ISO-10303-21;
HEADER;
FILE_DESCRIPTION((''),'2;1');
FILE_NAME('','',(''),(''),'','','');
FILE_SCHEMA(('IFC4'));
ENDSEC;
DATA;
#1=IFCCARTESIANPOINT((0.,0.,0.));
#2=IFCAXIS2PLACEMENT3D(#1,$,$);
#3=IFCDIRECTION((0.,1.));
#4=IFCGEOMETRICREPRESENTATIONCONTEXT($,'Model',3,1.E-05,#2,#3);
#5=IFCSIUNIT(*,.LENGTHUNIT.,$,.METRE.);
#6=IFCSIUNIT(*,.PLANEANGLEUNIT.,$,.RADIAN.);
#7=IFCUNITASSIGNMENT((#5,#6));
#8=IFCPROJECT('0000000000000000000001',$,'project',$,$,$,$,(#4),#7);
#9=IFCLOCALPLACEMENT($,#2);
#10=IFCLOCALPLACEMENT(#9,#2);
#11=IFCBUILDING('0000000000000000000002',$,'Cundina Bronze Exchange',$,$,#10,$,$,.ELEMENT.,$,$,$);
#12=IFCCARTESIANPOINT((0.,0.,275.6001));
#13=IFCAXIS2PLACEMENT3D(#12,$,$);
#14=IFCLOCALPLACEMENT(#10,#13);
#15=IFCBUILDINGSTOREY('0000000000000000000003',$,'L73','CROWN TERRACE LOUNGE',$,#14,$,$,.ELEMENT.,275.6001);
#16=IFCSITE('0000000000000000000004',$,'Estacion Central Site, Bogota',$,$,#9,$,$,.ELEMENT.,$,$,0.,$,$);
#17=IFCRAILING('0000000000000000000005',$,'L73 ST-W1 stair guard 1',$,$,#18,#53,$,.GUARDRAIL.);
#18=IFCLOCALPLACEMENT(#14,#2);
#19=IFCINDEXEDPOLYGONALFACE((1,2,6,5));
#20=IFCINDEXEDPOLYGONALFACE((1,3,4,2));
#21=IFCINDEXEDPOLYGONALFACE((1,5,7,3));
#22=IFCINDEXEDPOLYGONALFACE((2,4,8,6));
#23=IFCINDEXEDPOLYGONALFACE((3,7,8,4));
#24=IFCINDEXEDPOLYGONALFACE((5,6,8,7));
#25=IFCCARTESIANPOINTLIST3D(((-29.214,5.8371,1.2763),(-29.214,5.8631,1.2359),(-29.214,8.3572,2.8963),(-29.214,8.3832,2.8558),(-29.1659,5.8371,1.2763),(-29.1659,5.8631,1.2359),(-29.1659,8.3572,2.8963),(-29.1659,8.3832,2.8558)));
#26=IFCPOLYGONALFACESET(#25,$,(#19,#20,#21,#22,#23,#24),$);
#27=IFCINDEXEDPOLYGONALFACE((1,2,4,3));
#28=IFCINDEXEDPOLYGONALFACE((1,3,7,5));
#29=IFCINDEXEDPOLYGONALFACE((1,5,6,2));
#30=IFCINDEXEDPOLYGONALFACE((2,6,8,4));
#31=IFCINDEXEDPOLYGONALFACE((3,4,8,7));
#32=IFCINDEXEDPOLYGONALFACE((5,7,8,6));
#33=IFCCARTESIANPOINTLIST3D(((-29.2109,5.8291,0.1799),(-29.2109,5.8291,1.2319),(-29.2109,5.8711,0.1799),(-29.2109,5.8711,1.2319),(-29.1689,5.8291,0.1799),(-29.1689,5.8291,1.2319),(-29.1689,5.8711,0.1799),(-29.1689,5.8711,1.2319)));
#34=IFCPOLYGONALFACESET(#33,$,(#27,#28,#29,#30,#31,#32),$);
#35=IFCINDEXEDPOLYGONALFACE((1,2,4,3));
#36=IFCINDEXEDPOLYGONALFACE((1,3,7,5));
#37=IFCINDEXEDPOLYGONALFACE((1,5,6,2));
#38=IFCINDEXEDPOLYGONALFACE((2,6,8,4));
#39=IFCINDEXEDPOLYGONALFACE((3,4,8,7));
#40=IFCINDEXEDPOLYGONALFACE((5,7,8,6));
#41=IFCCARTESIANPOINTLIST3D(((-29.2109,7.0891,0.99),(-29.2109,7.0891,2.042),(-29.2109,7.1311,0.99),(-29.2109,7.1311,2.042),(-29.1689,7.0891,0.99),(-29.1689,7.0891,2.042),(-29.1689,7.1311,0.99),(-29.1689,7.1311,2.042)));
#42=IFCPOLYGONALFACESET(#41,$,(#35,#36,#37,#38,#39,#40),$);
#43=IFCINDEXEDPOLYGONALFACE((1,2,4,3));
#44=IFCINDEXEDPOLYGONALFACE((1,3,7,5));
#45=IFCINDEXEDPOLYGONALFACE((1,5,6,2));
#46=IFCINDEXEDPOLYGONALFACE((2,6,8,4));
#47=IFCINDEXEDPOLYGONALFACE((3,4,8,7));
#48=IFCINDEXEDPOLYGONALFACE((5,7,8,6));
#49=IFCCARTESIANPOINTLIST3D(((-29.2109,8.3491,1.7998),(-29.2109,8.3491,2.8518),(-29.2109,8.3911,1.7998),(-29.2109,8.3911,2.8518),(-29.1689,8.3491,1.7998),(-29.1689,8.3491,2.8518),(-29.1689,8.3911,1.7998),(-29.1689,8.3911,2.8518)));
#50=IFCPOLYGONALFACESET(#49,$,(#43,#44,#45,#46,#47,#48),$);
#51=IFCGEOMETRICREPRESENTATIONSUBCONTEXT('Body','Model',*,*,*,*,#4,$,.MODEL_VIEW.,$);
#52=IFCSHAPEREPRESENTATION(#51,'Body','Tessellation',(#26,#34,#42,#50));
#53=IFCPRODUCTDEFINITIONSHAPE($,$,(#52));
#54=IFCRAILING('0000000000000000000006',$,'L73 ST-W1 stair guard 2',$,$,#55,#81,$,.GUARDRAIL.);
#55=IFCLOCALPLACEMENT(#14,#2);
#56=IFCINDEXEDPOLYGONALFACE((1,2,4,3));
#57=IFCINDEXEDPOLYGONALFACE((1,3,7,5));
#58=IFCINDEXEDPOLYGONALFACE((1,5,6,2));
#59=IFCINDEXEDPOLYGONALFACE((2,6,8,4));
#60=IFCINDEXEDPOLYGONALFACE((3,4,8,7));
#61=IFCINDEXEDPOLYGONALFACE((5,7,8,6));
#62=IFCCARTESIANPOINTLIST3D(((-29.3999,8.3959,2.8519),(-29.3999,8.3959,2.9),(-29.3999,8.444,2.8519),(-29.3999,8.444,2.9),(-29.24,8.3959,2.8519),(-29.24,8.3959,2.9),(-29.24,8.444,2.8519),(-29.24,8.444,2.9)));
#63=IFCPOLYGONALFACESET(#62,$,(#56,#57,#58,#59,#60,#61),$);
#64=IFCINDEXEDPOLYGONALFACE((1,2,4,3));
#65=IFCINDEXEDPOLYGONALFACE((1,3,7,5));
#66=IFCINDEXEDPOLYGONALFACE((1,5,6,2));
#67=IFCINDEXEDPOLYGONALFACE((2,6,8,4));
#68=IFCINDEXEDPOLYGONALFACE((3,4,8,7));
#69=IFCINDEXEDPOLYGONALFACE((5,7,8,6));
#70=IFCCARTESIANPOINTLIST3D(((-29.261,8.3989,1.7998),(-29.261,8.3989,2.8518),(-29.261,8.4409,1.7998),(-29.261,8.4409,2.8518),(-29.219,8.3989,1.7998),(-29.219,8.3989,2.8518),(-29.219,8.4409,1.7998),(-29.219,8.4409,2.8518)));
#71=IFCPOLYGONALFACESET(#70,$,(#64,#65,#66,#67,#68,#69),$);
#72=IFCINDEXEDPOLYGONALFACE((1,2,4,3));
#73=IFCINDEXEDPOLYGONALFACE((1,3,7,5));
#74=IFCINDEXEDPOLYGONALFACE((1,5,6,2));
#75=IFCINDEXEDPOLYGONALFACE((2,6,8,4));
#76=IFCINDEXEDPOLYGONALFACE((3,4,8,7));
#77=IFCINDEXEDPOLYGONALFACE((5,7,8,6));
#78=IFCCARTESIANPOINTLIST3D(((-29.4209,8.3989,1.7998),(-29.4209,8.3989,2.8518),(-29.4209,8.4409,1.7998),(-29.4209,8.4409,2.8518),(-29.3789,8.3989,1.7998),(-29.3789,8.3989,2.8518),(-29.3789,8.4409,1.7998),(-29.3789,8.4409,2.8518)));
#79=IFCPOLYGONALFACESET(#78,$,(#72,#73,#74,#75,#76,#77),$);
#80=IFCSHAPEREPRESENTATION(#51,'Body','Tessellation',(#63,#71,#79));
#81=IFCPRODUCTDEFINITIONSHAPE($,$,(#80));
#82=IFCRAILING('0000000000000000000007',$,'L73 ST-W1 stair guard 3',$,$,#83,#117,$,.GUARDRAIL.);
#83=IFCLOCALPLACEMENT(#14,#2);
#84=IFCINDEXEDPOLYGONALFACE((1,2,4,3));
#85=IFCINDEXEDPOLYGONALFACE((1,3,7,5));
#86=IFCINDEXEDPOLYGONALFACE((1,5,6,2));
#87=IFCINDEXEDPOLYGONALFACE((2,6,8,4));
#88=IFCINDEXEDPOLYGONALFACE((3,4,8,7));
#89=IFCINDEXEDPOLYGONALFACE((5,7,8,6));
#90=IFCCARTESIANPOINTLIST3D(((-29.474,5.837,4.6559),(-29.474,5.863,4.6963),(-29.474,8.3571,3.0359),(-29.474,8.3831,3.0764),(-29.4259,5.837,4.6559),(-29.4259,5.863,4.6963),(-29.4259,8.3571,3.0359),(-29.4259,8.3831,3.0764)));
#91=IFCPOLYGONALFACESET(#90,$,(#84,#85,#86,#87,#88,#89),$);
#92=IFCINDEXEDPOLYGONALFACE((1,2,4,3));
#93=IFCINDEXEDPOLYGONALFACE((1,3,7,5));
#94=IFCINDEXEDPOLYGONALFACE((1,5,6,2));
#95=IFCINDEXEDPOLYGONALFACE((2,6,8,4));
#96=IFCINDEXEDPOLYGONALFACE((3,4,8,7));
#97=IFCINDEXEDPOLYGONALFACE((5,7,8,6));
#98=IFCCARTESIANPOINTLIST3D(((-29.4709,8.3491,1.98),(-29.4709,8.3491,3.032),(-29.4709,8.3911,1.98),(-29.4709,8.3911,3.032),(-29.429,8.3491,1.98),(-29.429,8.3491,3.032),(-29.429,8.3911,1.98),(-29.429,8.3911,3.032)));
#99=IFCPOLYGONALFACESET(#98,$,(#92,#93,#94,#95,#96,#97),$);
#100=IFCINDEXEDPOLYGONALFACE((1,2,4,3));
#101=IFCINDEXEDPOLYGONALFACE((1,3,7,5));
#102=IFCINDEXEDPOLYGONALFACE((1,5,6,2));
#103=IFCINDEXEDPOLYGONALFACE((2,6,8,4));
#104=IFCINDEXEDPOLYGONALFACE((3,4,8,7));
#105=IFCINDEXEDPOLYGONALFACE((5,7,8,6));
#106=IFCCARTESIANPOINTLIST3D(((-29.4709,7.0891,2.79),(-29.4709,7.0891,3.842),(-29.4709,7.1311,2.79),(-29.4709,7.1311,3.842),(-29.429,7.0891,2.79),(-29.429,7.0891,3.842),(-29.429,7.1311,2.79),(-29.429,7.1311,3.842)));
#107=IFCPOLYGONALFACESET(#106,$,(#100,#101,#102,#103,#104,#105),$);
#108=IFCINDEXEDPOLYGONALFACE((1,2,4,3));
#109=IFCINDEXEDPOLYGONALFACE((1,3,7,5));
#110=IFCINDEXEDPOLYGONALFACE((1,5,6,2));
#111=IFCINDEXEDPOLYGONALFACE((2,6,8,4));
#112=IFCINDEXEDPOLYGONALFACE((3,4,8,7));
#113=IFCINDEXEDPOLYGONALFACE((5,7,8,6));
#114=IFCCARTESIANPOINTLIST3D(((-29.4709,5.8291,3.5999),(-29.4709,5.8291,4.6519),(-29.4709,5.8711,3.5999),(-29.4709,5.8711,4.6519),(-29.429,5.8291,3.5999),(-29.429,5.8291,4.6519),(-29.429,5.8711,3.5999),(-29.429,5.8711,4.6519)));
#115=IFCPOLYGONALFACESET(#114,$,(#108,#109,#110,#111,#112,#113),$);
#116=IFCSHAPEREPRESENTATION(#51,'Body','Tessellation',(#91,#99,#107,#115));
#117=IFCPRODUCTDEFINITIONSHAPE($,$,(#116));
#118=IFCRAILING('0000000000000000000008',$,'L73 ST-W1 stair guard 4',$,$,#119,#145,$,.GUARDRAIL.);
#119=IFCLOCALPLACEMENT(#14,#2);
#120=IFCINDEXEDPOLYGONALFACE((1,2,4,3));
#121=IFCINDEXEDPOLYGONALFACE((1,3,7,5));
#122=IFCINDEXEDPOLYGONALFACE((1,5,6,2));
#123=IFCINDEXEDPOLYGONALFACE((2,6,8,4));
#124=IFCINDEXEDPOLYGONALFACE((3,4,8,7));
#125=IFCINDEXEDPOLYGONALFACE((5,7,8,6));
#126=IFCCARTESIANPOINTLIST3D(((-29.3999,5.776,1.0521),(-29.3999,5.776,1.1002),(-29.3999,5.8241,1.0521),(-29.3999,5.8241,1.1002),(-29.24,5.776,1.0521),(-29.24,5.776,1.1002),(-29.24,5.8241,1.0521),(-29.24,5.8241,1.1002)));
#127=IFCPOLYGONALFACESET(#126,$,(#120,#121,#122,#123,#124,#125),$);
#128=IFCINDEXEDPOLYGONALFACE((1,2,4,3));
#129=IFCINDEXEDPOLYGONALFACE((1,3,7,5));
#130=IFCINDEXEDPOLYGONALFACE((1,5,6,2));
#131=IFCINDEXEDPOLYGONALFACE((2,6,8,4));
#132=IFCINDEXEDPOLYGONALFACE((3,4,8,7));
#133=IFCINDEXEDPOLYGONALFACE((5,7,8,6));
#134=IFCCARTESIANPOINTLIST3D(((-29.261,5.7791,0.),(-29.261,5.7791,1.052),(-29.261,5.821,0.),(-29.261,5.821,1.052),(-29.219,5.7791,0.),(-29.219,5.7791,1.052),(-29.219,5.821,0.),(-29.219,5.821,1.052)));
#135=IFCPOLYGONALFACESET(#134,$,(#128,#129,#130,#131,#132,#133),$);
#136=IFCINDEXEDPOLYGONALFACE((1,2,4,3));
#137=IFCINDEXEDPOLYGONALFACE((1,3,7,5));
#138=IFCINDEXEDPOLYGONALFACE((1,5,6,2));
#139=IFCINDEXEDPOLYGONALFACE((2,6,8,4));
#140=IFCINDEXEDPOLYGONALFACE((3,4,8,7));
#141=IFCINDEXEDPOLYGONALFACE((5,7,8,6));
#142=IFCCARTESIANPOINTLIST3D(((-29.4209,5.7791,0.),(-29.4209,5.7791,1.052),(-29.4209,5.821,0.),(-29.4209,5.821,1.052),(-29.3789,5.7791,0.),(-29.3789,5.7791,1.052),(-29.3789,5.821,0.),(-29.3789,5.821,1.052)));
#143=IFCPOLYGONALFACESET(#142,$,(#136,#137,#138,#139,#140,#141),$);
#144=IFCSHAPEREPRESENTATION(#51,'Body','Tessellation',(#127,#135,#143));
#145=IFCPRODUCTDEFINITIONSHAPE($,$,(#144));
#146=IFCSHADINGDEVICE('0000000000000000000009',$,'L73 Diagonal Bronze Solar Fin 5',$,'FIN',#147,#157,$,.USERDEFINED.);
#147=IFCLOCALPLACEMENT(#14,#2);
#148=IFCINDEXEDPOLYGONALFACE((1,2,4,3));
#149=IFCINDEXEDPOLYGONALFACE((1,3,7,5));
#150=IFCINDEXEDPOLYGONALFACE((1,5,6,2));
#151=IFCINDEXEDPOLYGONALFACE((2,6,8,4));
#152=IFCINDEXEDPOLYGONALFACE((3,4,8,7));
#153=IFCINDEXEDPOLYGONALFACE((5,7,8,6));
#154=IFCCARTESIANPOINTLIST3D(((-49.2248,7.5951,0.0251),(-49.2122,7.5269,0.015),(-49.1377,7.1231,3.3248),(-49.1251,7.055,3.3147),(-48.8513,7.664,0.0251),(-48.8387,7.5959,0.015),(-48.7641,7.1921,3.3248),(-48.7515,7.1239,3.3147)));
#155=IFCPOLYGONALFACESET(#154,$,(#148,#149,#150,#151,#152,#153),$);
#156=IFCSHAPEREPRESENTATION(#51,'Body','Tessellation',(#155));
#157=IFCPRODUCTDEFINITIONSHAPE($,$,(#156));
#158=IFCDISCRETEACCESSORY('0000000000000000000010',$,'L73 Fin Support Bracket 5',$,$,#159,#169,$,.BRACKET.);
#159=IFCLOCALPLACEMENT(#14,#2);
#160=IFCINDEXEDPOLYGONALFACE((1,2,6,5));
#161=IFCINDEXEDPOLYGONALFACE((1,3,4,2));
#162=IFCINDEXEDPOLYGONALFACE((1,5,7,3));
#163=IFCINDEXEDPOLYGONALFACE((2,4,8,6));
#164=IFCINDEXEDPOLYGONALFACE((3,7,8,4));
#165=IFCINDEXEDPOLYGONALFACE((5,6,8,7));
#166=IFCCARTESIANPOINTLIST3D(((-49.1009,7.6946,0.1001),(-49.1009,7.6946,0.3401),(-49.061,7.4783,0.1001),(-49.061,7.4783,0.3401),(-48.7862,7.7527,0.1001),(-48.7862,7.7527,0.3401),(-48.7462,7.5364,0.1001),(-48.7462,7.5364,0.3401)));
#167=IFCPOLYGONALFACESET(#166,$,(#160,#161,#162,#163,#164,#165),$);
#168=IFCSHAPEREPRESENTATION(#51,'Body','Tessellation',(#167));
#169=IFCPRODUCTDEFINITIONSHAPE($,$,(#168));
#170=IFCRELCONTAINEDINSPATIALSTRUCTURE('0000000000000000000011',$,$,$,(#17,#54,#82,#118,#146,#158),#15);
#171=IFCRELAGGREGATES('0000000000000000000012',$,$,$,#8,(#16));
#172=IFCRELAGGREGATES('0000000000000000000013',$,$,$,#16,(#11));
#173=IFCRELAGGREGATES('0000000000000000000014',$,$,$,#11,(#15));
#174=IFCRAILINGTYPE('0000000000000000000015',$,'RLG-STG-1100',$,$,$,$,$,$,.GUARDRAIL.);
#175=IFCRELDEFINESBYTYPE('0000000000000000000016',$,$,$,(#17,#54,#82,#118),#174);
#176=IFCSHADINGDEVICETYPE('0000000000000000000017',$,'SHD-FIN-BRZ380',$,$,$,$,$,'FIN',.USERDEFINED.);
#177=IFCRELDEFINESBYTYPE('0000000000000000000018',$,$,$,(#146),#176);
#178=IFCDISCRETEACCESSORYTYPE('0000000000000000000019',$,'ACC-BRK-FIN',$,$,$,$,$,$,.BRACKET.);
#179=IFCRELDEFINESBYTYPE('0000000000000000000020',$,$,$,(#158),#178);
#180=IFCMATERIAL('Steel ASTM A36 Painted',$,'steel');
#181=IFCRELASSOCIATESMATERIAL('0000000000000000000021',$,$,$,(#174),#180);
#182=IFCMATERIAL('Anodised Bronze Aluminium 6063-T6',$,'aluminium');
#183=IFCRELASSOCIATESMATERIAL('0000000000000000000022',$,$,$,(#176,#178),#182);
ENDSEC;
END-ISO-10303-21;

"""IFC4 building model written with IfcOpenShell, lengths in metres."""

from ifc_helpers import new_model, si_unit, direction, frame, origin, origin_2d, place, context, subcontext, project, spatial, rectangle, extrude, material, material_profile, profile_set, type_object, element, save


model = new_model("IFC4")

# Units and contexts
model_context = context("Model", 3, precision=1e-05, world=origin(), true_north=direction((0.0, 1.0)))
body_context = subcontext(model_context, "Body", "Model", "MODEL_VIEW")
ifc_project = project(units=[si_unit("LENGTHUNIT", "METRE"), si_unit("PLANEANGLEUNIT", "RADIAN")], contexts=[model_context])

# Site, building, storey
site_placement = place(None, origin())
site = spatial("IfcSite", under=ifc_project, at=site_placement, Name="Estacion Central Site, Bogota", CompositionType="ELEMENT", RefElevation=0.0)
building_placement = place(site_placement, origin())
building = spatial("IfcBuilding", under=site, at=building_placement, Name="Cundina Bronze Exchange", CompositionType="ELEMENT")
storey_placement = place(building_placement, frame((0.0, 0.0, 275.6001)))
storey = spatial("IfcBuildingStorey", under=building, at=storey_placement, Name="L73", Description="CROWN TERRACE LOUNGE", CompositionType="ELEMENT", Elevation=275.6001)

# Shared definitions
ifc_material_1 = material(Name="Anodised Bronze Aluminium 6063-T6", Category="aluminium")

# Shared definitions
ifc_material_2 = material(Name="Steel ASTM A36 Painted", Category="steel")

# Railings
railing_type_1 = type_object("IfcRailingType", Name="RLG-STG-1100", PredefinedType="GUARDRAIL", material=ifc_material_2)
railing_1_placement = place(storey_placement, frame((-29.1899, 5.8501, 0.1799)))
element("IfcRailing", 1, at=railing_1_placement, inside=storey, type_object=railing_type_1, Name="L73 ST-W1 stair guard 1", PredefinedType="GUARDRAIL", context=body_context, shape_type="SweptSolid", body=[
    extrude(rectangle(XDim=0.0481, YDim=0.0481, at=origin_2d()), frame((0.0, 0.0, 1.0762), z_axis=(0.0, 0.8412, 0.540725), x_axis=(-1.0, 0.0, 0.0)), (0.0, 0.0, 1.0), 2.9958),
    extrude(rectangle(XDim=0.042, YDim=0.042, at=origin_2d()), origin(), (0.0, 0.0, 1.0), 1.052),
    extrude(rectangle(XDim=0.042, YDim=0.042, at=origin_2d()), frame((0.0, 1.26, 0.8101)), (0.0, 0.0, 1.0), 1.052),
    extrude(rectangle(XDim=0.042, YDim=0.042, at=origin_2d()), frame((0.0, 2.52, 1.6199)), (0.0, 0.0, 1.0), 1.052),
])
railing_2_placement = place(storey_placement, frame((-29.24, 8.4199, 1.7998)))
element("IfcRailing", 2, at=railing_2_placement, inside=storey, type_object=railing_type_1, Name="L73 ST-W1 stair guard 2", PredefinedType="GUARDRAIL", context=body_context, shape_type="SweptSolid", body=[
    extrude(rectangle(XDim=0.0481, YDim=0.0481, at=origin_2d()), frame((0.0, 0.0, 1.0762), z_axis=(-1.0, 0.0, 0.0), x_axis=(0.0, -1.0, 0.0)), (0.0, 0.0, 1.0), 0.1599),
    extrude(rectangle(XDim=0.042, YDim=0.042, at=origin_2d()), origin(), (0.0, 0.0, 1.0), 1.052),
    extrude(rectangle(XDim=0.042, YDim=0.042, at=origin_2d()), frame((-0.1599, 0.0, 0.0)), (0.0, 0.0, 1.0), 1.052),
])
railing_3_placement = place(storey_placement, frame((-29.45, 8.3701, 1.98)))
element("IfcRailing", 3, at=railing_3_placement, inside=storey, type_object=railing_type_1, Name="L73 ST-W1 stair guard 3", PredefinedType="GUARDRAIL", context=body_context, shape_type="SweptSolid", body=[
    extrude(rectangle(XDim=0.0481, YDim=0.0481, at=origin_2d()), frame((0.0, 0.0, 1.0762), z_axis=(0.0, -0.8412, 0.540725), x_axis=(1.0, 0.0, 0.0)), (0.0, 0.0, 1.0), 2.9958),
    extrude(rectangle(XDim=0.042, YDim=0.042, at=origin_2d()), origin(), (0.0, 0.0, 1.0), 1.052),
    extrude(rectangle(XDim=0.042, YDim=0.042, at=origin_2d()), frame((0.0, -1.26, 0.8101)), (0.0, 0.0, 1.0), 1.052),
    extrude(rectangle(XDim=0.042, YDim=0.042, at=origin_2d()), frame((0.0, -2.52, 1.6199)), (0.0, 0.0, 1.0), 1.052),
])
railing_4_placement = place(storey_placement, frame((-29.24, 5.8, 0.0)))
element("IfcRailing", 4, at=railing_4_placement, inside=storey, type_object=railing_type_1, Name="L73 ST-W1 stair guard 4", PredefinedType="GUARDRAIL", context=body_context, shape_type="SweptSolid", body=[
    extrude(rectangle(XDim=0.0481, YDim=0.0481, at=origin_2d()), frame((0.0, 0.0, 1.0762), z_axis=(-1.0, 0.0, 0.0), x_axis=(0.0, -1.0, 0.0)), (0.0, 0.0, 1.0), 0.1599),
    extrude(rectangle(XDim=0.042, YDim=0.042, at=origin_2d()), origin(), (0.0, 0.0, 1.0), 1.052),
    extrude(rectangle(XDim=0.042, YDim=0.042, at=origin_2d()), frame((-0.1599, 0.0, 0.0)), (0.0, 0.0, 1.0), 1.052),
])

# Shading device
ifc_material_profile_1 = material_profile(ifc_material_1, rectangle(XDim=0.0701, YDim=0.3799, at=origin_2d()), Name="FIN70X380", Category="aluminium")
ifc_profile_set_1 = profile_set([ifc_material_profile_1], Name="Anodised Bronze Aluminium 6063-T6")
shading_device_type = type_object("IfcShadingDeviceType", Name="SHD-FIN-BRZ380", ElementType="FIN", PredefinedType="USERDEFINED", material=ifc_profile_set_1)
shading_device_placement = place(storey_placement, frame((-49.0317, 7.5955, 0.02), z_axis=(0.026138, -0.141527, 0.989589), x_axis=(-0.179725, 0.973132, 0.14392)))
element("IfcShadingDevice", 5, at=shading_device_placement, inside=storey, type_object=shading_device_type, Name="L73 Diagonal Bronze Solar Fin 5", ObjectType="FIN", PredefinedType="USERDEFINED", context=body_context, shape_type="SweptSolid", body=[
    extrude(rectangle(XDim=0.0701, YDim=0.3799, at=origin_2d()), origin(), (0.0, 0.0, 1.0), 3.3345),
])

# Discrete accessory
discrete_accessory_type = type_object("IfcDiscreteAccessoryType", Name="ACC-BRK-FIN", PredefinedType="BRACKET", material=ifc_material_1)
discrete_accessory_placement = place(storey_placement, frame((-48.9236, 7.6155, 0.1001), z_axis=(0.0, 0.0, 1.0), x_axis=(0.181566, -0.983379, 0.0)))
element("IfcDiscreteAccessory", 6, at=discrete_accessory_placement, inside=storey, type_object=discrete_accessory_type, Name="L73 Fin Support Bracket 5", PredefinedType="BRACKET", context=body_context, shape_type="SweptSolid", body=[
    extrude(rectangle(XDim=0.22, YDim=0.3201, at=origin_2d()), origin(), (0.0, 0.0, 1.0), 0.24),
])

save(model, "model.ifc")
